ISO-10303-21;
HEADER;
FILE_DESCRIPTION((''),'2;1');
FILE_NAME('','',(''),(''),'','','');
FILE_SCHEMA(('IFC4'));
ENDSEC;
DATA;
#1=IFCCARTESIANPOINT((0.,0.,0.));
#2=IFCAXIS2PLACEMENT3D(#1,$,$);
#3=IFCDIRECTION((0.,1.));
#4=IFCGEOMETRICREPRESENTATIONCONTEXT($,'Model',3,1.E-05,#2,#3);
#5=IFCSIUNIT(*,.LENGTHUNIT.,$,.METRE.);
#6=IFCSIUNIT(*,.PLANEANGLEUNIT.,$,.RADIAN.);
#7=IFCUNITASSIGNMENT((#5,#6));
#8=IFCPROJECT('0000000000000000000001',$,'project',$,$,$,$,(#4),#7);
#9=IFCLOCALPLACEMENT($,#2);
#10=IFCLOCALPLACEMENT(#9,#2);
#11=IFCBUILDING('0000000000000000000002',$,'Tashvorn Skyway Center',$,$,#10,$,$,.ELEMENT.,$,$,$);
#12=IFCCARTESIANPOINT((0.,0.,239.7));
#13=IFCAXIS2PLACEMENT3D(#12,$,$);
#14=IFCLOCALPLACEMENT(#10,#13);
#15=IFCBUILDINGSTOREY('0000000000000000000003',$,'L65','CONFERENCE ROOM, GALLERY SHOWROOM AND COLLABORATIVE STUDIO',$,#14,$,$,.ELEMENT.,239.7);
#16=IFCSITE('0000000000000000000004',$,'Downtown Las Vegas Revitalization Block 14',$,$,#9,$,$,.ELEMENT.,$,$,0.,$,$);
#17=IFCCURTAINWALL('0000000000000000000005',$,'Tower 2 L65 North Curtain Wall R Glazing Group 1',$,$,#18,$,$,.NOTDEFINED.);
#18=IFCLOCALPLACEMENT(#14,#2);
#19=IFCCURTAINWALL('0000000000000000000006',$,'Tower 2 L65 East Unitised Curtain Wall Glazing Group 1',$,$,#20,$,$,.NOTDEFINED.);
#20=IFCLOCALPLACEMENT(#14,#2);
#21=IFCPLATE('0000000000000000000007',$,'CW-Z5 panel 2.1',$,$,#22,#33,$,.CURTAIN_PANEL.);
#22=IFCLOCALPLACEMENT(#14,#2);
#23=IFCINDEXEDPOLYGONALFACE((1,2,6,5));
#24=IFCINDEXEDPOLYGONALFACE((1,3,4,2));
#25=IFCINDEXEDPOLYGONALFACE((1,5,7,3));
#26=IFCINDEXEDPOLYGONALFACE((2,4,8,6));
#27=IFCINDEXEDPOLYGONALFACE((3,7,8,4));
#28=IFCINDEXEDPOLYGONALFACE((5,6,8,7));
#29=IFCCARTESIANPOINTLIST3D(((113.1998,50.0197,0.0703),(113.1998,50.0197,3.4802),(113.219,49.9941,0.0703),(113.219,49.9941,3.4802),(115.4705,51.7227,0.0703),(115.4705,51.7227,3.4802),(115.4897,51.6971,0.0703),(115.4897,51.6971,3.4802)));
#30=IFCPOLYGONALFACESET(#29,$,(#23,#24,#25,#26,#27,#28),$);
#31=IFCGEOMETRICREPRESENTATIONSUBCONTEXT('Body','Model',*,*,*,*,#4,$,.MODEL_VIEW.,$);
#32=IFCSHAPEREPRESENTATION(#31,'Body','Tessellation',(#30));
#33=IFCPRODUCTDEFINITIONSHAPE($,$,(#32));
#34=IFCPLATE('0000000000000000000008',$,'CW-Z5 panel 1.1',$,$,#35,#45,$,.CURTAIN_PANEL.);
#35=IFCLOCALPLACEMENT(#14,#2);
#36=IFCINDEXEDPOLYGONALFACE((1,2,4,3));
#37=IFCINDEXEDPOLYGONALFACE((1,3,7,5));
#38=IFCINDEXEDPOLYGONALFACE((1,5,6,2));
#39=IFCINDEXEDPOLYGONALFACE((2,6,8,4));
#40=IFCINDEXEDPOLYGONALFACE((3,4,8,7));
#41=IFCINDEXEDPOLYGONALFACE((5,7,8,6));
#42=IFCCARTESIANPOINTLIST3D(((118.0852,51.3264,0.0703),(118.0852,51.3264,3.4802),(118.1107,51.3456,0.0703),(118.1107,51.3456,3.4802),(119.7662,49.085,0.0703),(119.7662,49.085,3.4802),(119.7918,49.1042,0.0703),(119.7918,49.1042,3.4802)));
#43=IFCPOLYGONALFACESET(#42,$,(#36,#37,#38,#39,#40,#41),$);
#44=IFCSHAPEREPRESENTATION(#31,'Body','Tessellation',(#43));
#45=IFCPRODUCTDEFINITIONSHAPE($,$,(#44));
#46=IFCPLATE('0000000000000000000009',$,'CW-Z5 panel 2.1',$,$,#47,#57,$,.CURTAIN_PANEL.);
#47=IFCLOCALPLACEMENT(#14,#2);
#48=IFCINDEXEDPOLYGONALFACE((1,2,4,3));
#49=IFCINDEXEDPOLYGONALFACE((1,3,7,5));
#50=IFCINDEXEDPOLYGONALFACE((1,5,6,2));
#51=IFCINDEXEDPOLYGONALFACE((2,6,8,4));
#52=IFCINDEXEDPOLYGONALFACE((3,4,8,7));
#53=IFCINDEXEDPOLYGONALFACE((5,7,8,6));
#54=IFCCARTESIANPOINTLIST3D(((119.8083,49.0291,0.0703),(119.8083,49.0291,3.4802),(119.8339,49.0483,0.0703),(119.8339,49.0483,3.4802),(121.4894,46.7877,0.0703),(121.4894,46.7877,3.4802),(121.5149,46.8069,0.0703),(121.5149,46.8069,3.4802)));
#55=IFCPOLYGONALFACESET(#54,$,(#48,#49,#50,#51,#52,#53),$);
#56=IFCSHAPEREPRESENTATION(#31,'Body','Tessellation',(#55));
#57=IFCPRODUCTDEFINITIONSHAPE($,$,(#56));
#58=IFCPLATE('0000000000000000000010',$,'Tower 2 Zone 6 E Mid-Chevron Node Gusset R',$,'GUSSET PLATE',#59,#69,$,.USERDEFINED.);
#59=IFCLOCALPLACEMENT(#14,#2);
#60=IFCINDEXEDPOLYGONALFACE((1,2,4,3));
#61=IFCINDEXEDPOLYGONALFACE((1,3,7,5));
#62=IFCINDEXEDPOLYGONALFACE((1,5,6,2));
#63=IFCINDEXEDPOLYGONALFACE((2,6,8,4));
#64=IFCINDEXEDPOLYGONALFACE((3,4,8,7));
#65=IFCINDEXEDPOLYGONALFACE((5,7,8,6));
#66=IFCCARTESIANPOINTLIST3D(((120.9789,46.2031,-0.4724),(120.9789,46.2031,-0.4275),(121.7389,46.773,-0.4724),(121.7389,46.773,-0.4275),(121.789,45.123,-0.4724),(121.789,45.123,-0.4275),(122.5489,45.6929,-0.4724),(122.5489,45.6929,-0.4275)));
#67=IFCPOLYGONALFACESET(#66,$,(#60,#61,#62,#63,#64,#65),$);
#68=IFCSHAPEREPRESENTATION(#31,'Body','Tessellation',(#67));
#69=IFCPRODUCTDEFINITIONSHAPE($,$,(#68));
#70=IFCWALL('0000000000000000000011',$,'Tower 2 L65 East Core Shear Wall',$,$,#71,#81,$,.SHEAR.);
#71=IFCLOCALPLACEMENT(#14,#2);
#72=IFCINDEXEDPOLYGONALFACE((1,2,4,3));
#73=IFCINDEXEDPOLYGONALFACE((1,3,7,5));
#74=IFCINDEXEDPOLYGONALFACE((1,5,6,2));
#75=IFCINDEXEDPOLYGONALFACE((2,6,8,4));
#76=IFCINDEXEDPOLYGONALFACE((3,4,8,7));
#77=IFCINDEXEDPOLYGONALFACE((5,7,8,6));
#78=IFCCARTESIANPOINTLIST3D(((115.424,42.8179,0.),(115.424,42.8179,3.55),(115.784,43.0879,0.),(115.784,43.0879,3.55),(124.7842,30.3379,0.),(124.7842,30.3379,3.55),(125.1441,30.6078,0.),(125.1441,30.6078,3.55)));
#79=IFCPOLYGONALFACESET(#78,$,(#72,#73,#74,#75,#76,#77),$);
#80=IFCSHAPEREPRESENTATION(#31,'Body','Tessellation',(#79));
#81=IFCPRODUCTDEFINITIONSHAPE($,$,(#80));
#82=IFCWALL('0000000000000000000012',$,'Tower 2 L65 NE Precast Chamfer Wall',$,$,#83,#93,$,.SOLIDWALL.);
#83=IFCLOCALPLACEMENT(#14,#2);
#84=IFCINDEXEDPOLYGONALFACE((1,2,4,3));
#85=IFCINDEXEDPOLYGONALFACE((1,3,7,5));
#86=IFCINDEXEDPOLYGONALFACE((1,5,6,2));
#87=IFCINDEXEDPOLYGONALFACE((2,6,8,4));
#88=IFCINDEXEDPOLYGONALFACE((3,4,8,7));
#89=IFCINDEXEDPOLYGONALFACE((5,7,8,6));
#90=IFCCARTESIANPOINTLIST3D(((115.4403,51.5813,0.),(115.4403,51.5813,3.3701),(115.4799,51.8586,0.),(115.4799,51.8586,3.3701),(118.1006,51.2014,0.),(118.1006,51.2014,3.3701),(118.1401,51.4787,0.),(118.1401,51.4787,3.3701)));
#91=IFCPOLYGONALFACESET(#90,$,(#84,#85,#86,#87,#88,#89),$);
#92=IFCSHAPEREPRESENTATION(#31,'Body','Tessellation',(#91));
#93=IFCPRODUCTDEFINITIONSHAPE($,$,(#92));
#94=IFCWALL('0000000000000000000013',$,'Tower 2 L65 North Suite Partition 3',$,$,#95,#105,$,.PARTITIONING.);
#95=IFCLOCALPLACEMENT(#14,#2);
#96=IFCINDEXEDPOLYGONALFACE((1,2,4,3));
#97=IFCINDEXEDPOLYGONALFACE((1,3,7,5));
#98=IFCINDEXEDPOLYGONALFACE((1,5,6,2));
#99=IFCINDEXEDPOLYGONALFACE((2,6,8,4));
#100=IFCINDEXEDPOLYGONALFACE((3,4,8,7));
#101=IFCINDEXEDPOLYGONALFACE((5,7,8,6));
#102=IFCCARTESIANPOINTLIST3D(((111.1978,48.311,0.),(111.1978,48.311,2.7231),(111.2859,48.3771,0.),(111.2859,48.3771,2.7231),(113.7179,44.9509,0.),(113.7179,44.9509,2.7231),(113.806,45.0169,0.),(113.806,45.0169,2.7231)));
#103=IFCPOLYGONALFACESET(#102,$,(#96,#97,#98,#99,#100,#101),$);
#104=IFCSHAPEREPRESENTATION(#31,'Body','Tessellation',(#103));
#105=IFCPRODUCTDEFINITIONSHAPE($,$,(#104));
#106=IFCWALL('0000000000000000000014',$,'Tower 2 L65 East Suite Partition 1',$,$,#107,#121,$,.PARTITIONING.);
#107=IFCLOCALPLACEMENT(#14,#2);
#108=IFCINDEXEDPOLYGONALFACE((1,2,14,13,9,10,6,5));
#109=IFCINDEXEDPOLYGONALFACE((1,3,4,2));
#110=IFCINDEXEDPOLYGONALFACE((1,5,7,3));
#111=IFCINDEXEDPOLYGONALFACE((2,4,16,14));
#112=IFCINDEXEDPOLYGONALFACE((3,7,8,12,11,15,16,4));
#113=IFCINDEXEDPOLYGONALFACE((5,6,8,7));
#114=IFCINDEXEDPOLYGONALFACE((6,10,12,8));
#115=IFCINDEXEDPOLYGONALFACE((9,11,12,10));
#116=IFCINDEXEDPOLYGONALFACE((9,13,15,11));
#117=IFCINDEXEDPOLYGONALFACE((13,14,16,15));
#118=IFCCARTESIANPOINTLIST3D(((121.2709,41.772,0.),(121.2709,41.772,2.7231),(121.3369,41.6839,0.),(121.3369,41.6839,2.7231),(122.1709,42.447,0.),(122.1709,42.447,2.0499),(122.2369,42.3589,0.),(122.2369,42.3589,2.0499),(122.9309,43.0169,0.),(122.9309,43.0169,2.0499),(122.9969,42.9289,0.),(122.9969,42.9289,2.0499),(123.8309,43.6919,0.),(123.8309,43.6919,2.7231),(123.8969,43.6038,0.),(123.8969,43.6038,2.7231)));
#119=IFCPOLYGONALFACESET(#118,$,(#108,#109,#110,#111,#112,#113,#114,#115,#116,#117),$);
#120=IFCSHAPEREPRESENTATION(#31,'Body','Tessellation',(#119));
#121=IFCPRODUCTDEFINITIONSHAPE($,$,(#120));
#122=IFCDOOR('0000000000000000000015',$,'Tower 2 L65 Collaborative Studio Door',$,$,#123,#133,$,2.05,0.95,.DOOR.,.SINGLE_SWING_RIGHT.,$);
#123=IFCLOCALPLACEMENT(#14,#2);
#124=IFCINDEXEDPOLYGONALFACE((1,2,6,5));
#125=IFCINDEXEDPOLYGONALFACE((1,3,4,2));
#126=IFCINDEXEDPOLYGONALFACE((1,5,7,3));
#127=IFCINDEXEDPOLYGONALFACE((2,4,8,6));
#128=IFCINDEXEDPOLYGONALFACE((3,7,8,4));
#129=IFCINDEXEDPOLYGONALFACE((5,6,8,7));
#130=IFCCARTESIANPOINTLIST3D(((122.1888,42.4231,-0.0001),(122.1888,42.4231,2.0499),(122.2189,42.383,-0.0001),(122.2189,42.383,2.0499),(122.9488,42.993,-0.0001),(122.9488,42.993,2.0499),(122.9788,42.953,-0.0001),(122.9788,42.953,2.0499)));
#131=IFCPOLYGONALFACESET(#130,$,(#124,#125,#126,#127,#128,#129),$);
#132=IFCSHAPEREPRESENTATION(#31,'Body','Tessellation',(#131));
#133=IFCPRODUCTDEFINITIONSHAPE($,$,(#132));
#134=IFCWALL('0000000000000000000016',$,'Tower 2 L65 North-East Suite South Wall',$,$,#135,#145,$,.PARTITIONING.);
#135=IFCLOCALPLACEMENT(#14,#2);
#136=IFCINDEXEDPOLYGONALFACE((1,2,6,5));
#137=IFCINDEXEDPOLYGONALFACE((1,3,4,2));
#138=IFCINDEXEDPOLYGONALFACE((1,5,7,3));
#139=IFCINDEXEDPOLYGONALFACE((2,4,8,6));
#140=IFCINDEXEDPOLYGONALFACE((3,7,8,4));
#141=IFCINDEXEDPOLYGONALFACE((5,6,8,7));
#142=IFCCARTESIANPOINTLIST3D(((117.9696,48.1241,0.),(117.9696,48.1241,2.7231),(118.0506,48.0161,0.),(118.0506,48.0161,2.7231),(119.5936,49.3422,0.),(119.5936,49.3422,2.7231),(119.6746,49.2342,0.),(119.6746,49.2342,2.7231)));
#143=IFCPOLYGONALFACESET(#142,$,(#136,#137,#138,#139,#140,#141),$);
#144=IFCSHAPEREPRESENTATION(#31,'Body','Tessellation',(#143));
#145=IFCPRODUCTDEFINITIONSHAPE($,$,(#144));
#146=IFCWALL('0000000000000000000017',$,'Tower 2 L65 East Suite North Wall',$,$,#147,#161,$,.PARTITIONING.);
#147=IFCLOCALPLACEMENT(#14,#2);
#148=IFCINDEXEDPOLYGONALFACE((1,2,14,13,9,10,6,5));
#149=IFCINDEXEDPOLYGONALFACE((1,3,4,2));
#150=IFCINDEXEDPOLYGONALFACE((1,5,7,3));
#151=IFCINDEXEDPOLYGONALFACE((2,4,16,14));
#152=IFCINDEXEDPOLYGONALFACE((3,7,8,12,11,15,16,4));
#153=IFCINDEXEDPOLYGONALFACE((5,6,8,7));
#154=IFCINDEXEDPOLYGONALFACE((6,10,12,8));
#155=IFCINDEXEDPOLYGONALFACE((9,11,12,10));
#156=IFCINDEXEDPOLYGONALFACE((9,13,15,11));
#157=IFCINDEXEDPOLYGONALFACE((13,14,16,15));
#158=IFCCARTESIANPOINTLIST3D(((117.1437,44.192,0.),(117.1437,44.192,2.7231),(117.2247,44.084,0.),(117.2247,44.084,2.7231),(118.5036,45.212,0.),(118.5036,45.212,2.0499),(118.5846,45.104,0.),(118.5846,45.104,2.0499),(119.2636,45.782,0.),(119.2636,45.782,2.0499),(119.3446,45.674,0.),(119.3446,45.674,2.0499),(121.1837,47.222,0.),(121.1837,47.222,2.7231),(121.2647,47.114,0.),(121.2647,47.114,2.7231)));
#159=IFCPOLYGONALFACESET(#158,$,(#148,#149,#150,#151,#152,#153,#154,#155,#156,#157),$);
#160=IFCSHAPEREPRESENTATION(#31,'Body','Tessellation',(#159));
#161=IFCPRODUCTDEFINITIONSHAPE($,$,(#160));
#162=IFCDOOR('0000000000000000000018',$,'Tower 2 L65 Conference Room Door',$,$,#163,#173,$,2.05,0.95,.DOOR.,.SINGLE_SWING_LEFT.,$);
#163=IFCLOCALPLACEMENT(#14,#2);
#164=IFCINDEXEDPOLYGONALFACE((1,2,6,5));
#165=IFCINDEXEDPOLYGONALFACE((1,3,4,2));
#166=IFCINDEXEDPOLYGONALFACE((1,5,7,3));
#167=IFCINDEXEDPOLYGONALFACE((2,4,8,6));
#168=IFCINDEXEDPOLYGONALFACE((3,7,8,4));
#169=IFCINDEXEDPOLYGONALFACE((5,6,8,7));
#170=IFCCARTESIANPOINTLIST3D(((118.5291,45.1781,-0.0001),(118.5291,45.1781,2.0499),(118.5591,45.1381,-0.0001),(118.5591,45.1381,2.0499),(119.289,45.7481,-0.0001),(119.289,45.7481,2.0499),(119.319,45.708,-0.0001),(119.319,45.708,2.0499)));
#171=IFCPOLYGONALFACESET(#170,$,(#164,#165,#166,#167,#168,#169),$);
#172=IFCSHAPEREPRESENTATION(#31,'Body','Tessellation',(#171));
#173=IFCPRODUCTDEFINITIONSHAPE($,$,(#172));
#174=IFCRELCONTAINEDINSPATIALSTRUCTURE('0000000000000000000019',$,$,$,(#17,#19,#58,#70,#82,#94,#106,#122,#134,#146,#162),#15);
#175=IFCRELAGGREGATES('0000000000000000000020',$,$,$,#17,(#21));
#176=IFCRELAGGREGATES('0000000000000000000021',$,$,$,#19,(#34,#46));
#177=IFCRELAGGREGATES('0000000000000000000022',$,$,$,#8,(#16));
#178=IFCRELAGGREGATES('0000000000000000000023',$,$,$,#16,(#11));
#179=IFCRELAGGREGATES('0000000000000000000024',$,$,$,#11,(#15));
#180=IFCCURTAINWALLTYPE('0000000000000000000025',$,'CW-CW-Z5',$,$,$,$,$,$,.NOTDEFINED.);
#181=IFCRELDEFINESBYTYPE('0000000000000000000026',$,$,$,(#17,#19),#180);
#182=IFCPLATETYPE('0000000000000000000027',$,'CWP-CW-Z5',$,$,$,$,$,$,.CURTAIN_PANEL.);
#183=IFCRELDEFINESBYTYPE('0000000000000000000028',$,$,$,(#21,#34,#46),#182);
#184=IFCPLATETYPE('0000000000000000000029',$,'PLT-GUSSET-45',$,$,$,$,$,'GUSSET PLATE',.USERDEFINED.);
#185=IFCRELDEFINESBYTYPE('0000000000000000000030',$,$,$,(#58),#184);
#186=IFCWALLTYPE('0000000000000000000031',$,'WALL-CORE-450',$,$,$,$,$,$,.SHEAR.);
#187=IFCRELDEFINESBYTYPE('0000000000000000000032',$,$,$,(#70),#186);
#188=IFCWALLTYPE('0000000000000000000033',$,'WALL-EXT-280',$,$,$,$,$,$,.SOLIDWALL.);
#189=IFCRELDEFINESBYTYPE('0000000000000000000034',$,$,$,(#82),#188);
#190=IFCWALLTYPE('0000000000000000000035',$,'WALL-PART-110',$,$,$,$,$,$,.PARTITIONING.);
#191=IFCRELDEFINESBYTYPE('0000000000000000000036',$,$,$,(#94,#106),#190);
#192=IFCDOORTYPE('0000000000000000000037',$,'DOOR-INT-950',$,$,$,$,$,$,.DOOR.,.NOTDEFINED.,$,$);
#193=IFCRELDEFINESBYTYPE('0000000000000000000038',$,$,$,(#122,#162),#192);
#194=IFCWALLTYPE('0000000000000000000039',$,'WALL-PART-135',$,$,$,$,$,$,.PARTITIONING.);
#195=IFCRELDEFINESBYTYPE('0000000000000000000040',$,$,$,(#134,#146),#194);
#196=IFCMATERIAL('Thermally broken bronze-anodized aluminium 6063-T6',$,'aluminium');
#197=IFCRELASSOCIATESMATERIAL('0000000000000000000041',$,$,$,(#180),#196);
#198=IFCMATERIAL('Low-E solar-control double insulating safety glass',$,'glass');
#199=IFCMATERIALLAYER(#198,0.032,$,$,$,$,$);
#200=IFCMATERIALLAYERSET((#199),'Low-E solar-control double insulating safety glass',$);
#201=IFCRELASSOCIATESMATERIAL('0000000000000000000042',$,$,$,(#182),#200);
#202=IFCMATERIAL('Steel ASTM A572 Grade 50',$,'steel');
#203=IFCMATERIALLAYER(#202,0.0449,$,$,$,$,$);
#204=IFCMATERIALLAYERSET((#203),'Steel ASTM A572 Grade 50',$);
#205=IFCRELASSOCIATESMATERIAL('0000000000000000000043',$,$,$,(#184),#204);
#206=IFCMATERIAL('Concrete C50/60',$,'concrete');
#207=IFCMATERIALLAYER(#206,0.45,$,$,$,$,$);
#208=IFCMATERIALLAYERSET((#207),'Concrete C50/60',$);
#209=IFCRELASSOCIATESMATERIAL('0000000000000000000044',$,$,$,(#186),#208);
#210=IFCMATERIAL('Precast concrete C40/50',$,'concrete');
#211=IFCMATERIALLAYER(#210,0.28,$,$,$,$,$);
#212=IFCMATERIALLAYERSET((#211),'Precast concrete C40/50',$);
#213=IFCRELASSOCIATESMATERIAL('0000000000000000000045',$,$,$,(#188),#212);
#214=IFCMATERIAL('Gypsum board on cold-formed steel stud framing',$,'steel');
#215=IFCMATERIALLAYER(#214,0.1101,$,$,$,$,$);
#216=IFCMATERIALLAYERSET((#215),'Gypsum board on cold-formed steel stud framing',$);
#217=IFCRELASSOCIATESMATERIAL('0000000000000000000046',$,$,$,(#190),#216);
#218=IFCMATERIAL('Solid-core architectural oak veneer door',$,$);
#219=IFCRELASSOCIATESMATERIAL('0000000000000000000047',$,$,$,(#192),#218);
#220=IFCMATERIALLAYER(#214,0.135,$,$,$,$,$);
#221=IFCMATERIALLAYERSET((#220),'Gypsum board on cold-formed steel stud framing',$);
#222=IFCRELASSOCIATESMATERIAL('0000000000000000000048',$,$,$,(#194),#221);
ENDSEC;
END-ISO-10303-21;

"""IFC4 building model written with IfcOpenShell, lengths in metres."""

from ifc_helpers import new_model, si_unit, direction, frame, frame_2d, origin, origin_2d, place, context, subcontext, project, spatial, rectangle, extrude, material, layer, layer_set, type_object, element, fill, aggregate, save


model = new_model("IFC4")

# Units and contexts
model_context = context("Model", 3, precision=1e-05, world=origin(), true_north=direction((0.0, 1.0)))
body_context = subcontext(model_context, "Body", "Model", "MODEL_VIEW")
ifc_project = project(units=[si_unit("LENGTHUNIT", "METRE"), si_unit("PLANEANGLEUNIT", "RADIAN")], contexts=[model_context])

# Site, building, storey
site_placement = place(None, origin())
site = spatial("IfcSite", under=ifc_project, at=site_placement, Name="Downtown Las Vegas Revitalization Block 14", CompositionType="ELEMENT", RefElevation=0.0)
building_placement = place(site_placement, origin())
building = spatial("IfcBuilding", under=site, at=building_placement, Name="Tashvorn Skyway Center", CompositionType="ELEMENT")
storey_placement = place(building_placement, frame((0.0, 0.0, 239.7)))
storey = spatial("IfcBuildingStorey", under=building, at=storey_placement, Name="L65", Description="CONFERENCE ROOM, GALLERY SHOWROOM AND COLLABORATIVE STUDIO", CompositionType="ELEMENT", Elevation=239.7)

# Shared definitions
ifc_material_1 = material(Name="Steel ASTM A572 Grade 50", Category="steel")

# Curtain wall
ifc_material_2 = material(Name="Thermally broken bronze-anodized aluminium 6063-T6", Category="aluminium")
curtain_wall_type = type_object("IfcCurtainWallType", Name="CW-CW-Z5", PredefinedType="NOTDEFINED", material=ifc_material_2)
curtain_wall_1_placement = place(storey_placement, origin())
curtain_wall_1 = element("IfcCurtainWall", 1, at=curtain_wall_1_placement, inside=storey, type_object=curtain_wall_type, Name="Tower 2 L65 North Curtain Wall R Glazing Group 1", PredefinedType="NOTDEFINED")

# Curtain wall
curtain_wall_2_placement = place(storey_placement, origin())
curtain_wall_2 = element("IfcCurtainWall", 2, at=curtain_wall_2_placement, inside=storey, type_object=curtain_wall_type, Name="Tower 2 L65 East Unitised Curtain Wall Glazing Group 1", PredefinedType="NOTDEFINED")

# Plates
ifc_material_3 = material(Name="Low-E solar-control double insulating safety glass", Category="glass")
ifc_layer_1 = layer(ifc_material_3, 0.032)
ifc_layer_set_1 = layer_set([ifc_layer_1], Name="Low-E solar-control double insulating safety glass")
plate_type_1 = type_object("IfcPlateType", Name="CWP-CW-Z5", PredefinedType="CURTAIN_PANEL", material=ifc_layer_set_1)
plate_1_placement = place(storey_placement, frame((114.3447, 50.8584, 0.0703), z_axis=(0.0, 0.0, 1.0), x_axis=(0.799998, 0.600003, 0.0)))
plate_1 = element("IfcPlate", 3, at=plate_1_placement, type_object=plate_type_1, Name="CW-Z5 panel 2.1", PredefinedType="CURTAIN_PANEL", context=body_context, shape_type="SweptSolid", body=[
    extrude(rectangle(XDim=2.8384, YDim=0.032, at=origin_2d()), origin(), (0.0, 0.0, 1.0), 3.4099),
])
aggregate(curtain_wall_1, [plate_1])
plate_2_placement = place(storey_placement, frame((118.9385, 50.2153, 0.0703), z_axis=(0.0, 0.0, 1.0), x_axis=(0.599997, -0.800002, 0.0)))
plate_2 = element("IfcPlate", 4, at=plate_2_placement, type_object=plate_type_1, Name="CW-Z5 panel 1.1", PredefinedType="CURTAIN_PANEL", context=body_context, shape_type="SweptSolid", body=[
    extrude(rectangle(XDim=2.8018, YDim=0.032, at=origin_2d()), origin(), (0.0, 0.0, 1.0), 3.4099),
])
plate_3_placement = place(storey_placement, frame((120.6616, 47.918, 0.0703), z_axis=(0.0, 0.0, 1.0), x_axis=(0.599997, -0.800002, 0.0)))
plate_3 = element("IfcPlate", 5, at=plate_3_placement, type_object=plate_type_1, Name="CW-Z5 panel 2.1", PredefinedType="CURTAIN_PANEL", context=body_context, shape_type="SweptSolid", body=[
    extrude(rectangle(XDim=2.8018, YDim=0.032, at=origin_2d()), origin(), (0.0, 0.0, 1.0), 3.4099),
])
aggregate(curtain_wall_2, [plate_2, plate_3])
ifc_layer_2 = layer(ifc_material_1, 0.0449)
ifc_layer_set_2 = layer_set([ifc_layer_2], Name="Steel ASTM A572 Grade 50")
plate_type_2 = type_object("IfcPlateType", Name="PLT-GUSSET-45", ElementType="GUSSET PLATE", PredefinedType="USERDEFINED", material=ifc_layer_set_2)
plate_4_placement = place(storey_placement, frame((121.7639, 45.948, -0.4724), z_axis=(0.0, 0.0, 1.0), x_axis=(-0.6, 0.8, 0.0)))
element("IfcPlate", 6, at=plate_4_placement, inside=storey, type_object=plate_type_2, Name="Tower 2 Zone 6 E Mid-Chevron Node Gusset R", ObjectType="GUSSET PLATE", PredefinedType="USERDEFINED", context=body_context, shape_type="SweptSolid", body=[
    extrude(rectangle(XDim=1.3501, YDim=0.95, at=origin_2d()), origin(), (0.0, 0.0, 1.0), 0.0449),
])

# Walls
ifc_material_4 = material(Name="Concrete C50/60", Category="concrete")
ifc_layer_3 = layer(ifc_material_4, 0.45)
ifc_layer_set_3 = layer_set([ifc_layer_3], Name="Concrete C50/60")
wall_type_1 = type_object("IfcWallType", Name="WALL-CORE-450", PredefinedType="SHEAR", material=ifc_layer_set_3)
wall_1_placement = place(storey_placement, frame((115.604, 42.9529, 0.0), z_axis=(0.0, 0.0, 1.0), x_axis=(0.600005, -0.799996, 0.0)))
element("IfcWall", 7, at=wall_1_placement, inside=storey, type_object=wall_type_1, Name="Tower 2 L65 East Core Shear Wall", PredefinedType="SHEAR", context=body_context, shape_type="SweptSolid", body=[
    extrude(rectangle(XDim=15.6001, YDim=0.45, at=frame_2d((7.8, 0.0))), origin(), (0.0, 0.0, 1.0), 3.55),
])
ifc_material_5 = material(Name="Precast concrete C40/50", Category="concrete")
ifc_layer_4 = layer(ifc_material_5, 0.28)
ifc_layer_set_4 = layer_set([ifc_layer_4], Name="Precast concrete C40/50")
wall_type_2 = type_object("IfcWallType", Name="WALL-EXT-280", PredefinedType="SOLIDWALL", material=ifc_layer_set_4)
wall_2_placement = place(storey_placement, frame((115.46, 51.72, 0.0), z_axis=(0.0, 0.0, 1.0), x_axis=(0.989957, -0.14137, 0.0)))
element("IfcWall", 8, at=wall_2_placement, inside=storey, type_object=wall_type_2, Name="Tower 2 L65 NE Precast Chamfer Wall", PredefinedType="SOLIDWALL", context=body_context, shape_type="SweptSolid", body=[
    extrude(rectangle(XDim=2.6873, YDim=0.28, at=frame_2d((1.3438, 0.0))), origin(), (0.0, 0.0, 1.0), 3.3701),
])
ifc_material_6 = material(Name="Gypsum board on cold-formed steel stud framing", Category="steel")
ifc_layer_5 = layer(ifc_material_6, 0.1101)
ifc_layer_set_5 = layer_set([ifc_layer_5], Name="Gypsum board on cold-formed steel stud framing")
wall_type_3 = type_object("IfcWallType", Name="WALL-PART-110", PredefinedType="PARTITIONING", material=ifc_layer_set_5)
wall_3_placement = place(storey_placement, frame((113.762, 44.9839, 0.0), z_axis=(0.0, 0.0, 1.0), x_axis=(-0.599991, 0.800007, 0.0)))
element("IfcWall", 9, at=wall_3_placement, inside=storey, type_object=wall_type_3, Name="Tower 2 L65 North Suite Partition 3", PredefinedType="PARTITIONING", context=body_context, shape_type="SweptSolid", body=[
    extrude(rectangle(XDim=4.2002, YDim=0.1101, at=frame_2d((2.1001, 0.0))), origin(), (0.0, 0.0, 1.0), 2.7231),
])

# Wall, opening, door
wall_4_placement = place(storey_placement, frame((123.864, 43.6479, 0.0), z_axis=(0.0, 0.0, 1.0), x_axis=(-0.800018, -0.599976, 0.0)))
wall_4 = element("IfcWall", 10, at=wall_4_placement, inside=storey, type_object=wall_type_3, Name="Tower 2 L65 East Suite Partition 1", PredefinedType="PARTITIONING", context=body_context, shape_type="SweptSolid", body=[
    extrude(rectangle(XDim=3.2, YDim=0.1101, at=frame_2d((1.6001, 0.0))), origin(), (0.0, 0.0, 1.0), 2.7231),
])
opening_1_placement = place(wall_4_placement, frame((1.125, 0.0, 0.0)))
opening_1 = element("IfcOpeningElement", 11, at=opening_1_placement, cuts=wall_4, PredefinedType="OPENING", context=body_context, shape_type="SweptSolid", body=[
    extrude(rectangle(XDim=0.95, YDim=2.05, at=frame_2d((0.4751, 1.0249))), frame((0.0, 0.0649, 0.0), z_axis=(0.0, -1.0, 0.0), x_axis=(1.0, 0.0, 0.0)), (0.0, 0.0, 1.0), 0.1301),
])
ifc_material_7 = material(Name="Solid-core architectural oak veneer door")
door_type_1 = type_object("IfcDoorType", Name="DOOR-INT-950", OperationType="NOTDEFINED", PredefinedType="DOOR", material=ifc_material_7)
door_1_placement = place(opening_1_placement, origin())
door_1 = element("IfcDoor", 12, at=door_1_placement, inside=storey, type_object=door_type_1, Name="Tower 2 L65 Collaborative Studio Door", OperationType="SINGLE_SWING_RIGHT", OverallHeight=2.05, OverallWidth=0.95, PredefinedType="DOOR", context=body_context, shape_type="SweptSolid", body=[
    extrude(rectangle(XDim=0.95, YDim=2.05, at=frame_2d((0.4751, 1.0249))), frame((0.0, 0.0249, 0.0), z_axis=(0.0, -1.0, 0.0), x_axis=(1.0, 0.0, 0.0)), (0.0, 0.0, 1.0), 0.05),
])
fill(opening_1, door_1)

# Wall
ifc_layer_6 = layer(ifc_material_6, 0.135)
ifc_layer_set_6 = layer_set([ifc_layer_6], Name="Gypsum board on cold-formed steel stud framing")
wall_type_4 = type_object("IfcWallType", Name="WALL-PART-135", PredefinedType="PARTITIONING", material=ifc_layer_set_6)
wall_5_placement = place(storey_placement, frame((118.01, 48.0701, 0.0), z_axis=(0.0, 0.0, 1.0), x_axis=(0.8, 0.6, 0.0)))
element("IfcWall", 13, at=wall_5_placement, inside=storey, type_object=wall_type_4, Name="Tower 2 L65 North-East Suite South Wall", PredefinedType="PARTITIONING", context=body_context, shape_type="SweptSolid", body=[
    extrude(rectangle(XDim=2.03, YDim=0.135, at=frame_2d((1.0151, 0.0))), origin(), (0.0, 0.0, 1.0), 2.7231),
])

# Wall, opening, door
wall_6_placement = place(storey_placement, frame((121.2241, 47.168, 0.0), z_axis=(0.0, 0.0, 1.0), x_axis=(-0.8, -0.6, 0.0)))
wall_6 = element("IfcWall", 14, at=wall_6_placement, inside=storey, type_object=wall_type_4, Name="Tower 2 L65 East Suite North Wall", PredefinedType="PARTITIONING", context=body_context, shape_type="SweptSolid", body=[
    extrude(rectangle(XDim=5.05, YDim=0.135, at=frame_2d((2.5249, 0.0))), origin(), (0.0, 0.0, 1.0), 2.7231),
])
opening_2_placement = place(wall_6_placement, frame((2.3999, 0.0, 0.0)))
opening_2 = element("IfcOpeningElement", 15, at=opening_2_placement, cuts=wall_6, PredefinedType="OPENING", context=body_context, shape_type="SweptSolid", body=[
    extrude(rectangle(XDim=0.95, YDim=2.05, at=frame_2d((0.4751, 1.0249))), frame((0.0, 0.0774, 0.0), z_axis=(0.0, -1.0, 0.0), x_axis=(1.0, 0.0, 0.0)), (0.0, 0.0, 1.0), 0.155),
])
door_2_placement = place(opening_2_placement, origin())
door_2 = element("IfcDoor", 16, at=door_2_placement, inside=storey, type_object=door_type_1, Name="Tower 2 L65 Conference Room Door", OperationType="SINGLE_SWING_LEFT", OverallHeight=2.05, OverallWidth=0.95, PredefinedType="DOOR", context=body_context, shape_type="SweptSolid", body=[
    extrude(rectangle(XDim=0.95, YDim=2.05, at=frame_2d((0.4751, 1.0249))), frame((0.0, 0.0249, 0.0), z_axis=(0.0, -1.0, 0.0), x_axis=(1.0, 0.0, 0.0)), (0.0, 0.0, 1.0), 0.05),
])
fill(opening_2, door_2)

save(model, "model.ifc")
